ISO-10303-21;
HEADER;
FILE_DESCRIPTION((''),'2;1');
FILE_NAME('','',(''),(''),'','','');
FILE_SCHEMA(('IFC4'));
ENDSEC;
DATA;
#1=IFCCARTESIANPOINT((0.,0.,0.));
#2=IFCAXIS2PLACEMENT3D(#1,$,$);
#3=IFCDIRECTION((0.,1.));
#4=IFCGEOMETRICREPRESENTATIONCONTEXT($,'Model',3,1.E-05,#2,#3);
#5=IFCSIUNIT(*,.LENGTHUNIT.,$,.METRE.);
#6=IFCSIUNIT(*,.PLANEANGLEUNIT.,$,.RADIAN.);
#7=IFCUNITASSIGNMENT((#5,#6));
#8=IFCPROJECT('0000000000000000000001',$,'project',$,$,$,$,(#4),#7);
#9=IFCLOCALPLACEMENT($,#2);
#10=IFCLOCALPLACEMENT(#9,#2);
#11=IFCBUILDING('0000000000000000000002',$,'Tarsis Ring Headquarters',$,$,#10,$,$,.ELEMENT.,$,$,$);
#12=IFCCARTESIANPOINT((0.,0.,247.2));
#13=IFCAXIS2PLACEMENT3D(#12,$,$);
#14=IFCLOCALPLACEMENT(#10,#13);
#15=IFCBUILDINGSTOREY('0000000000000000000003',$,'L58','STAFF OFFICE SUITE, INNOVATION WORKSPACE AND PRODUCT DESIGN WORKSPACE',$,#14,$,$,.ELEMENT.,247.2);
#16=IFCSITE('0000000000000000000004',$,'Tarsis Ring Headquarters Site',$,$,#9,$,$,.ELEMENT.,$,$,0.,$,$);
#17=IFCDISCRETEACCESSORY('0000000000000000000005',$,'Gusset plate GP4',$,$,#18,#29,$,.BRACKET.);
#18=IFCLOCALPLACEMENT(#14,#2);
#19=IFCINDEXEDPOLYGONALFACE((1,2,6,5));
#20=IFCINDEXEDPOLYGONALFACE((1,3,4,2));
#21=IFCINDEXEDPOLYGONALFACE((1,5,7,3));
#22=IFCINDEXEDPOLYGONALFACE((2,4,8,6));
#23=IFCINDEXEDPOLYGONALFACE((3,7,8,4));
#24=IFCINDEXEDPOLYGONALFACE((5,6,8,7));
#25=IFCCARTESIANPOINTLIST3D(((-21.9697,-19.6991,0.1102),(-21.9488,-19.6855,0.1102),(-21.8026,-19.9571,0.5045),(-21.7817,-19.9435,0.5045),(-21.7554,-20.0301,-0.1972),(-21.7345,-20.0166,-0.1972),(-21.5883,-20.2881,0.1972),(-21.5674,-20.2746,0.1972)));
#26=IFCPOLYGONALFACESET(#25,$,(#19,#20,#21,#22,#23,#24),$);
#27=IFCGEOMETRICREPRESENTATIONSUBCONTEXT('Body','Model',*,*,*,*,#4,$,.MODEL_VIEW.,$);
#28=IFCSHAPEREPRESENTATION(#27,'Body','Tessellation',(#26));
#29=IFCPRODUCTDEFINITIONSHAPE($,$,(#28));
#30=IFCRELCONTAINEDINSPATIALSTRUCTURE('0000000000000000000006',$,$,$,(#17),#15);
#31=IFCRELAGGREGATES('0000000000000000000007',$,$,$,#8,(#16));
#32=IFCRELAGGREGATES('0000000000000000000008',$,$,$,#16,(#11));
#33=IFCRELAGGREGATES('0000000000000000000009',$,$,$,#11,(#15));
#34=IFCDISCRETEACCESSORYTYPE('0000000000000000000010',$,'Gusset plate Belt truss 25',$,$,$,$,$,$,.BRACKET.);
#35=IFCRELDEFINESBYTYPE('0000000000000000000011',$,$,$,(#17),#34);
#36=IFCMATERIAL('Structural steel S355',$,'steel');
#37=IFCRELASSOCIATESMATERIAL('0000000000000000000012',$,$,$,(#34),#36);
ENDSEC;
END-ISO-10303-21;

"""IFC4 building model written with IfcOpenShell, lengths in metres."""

from ifc_helpers import new_model, si_unit, direction, frame, origin, origin_2d, place, context, subcontext, project, spatial, rectangle, extrude, material, material_profile, profile_set, type_object, element, save


model = new_model("IFC4")

# Units and contexts
model_context = context("Model", 3, precision=1e-05, world=origin(), true_north=direction((0.0, 1.0)))
body_context = subcontext(model_context, "Body", "Model", "MODEL_VIEW")
ifc_project = project(units=[si_unit("LENGTHUNIT", "METRE"), si_unit("PLANEANGLEUNIT", "RADIAN")], contexts=[model_context])

# Site, building, storey
site_placement = place(None, origin())
site = spatial("IfcSite", under=ifc_project, at=site_placement, Name="Tarsis Ring Headquarters Site", CompositionType="ELEMENT", RefElevation=0.0)
building_placement = place(site_placement, origin())
building = spatial("IfcBuilding", under=site, at=building_placement, Name="Tarsis Ring Headquarters", CompositionType="ELEMENT")
storey_placement = place(building_placement, frame((0.0, 0.0, 247.2)))
storey = spatial("IfcBuildingStorey", under=building, at=storey_placement, Name="L58", Description="STAFF OFFICE SUITE, INNOVATION WORKSPACE AND PRODUCT DESIGN WORKSPACE", CompositionType="ELEMENT", Elevation=247.2)

# Shared definitions
ifc_material_1 = material(Name="Structural steel S355", Category="steel")

# Discrete accessory
ifc_material_profile_1 = material_profile(ifc_material_1, rectangle(XDim=0.0249, YDim=0.5, at=origin_2d()), Name="PL 25x500")
ifc_profile_set_1 = profile_set([ifc_material_profile_1], Name="Structural steel S355")
discrete_accessory_type = type_object("IfcDiscreteAccessoryType", Name="Gusset plate Belt truss 25", PredefinedType="BRACKET", material=ifc_profile_set_1)
discrete_accessory_1_placement = place(storey_placement, frame((-21.6614, -20.1523, 0.0), z_axis=(-0.428691, 0.662078, 0.614717), x_axis=(-0.839404, -0.543508, 0.0)))
element("IfcDiscreteAccessory", 1, at=discrete_accessory_1_placement, inside=storey, type_object=discrete_accessory_type, Name="Gusset plate GP4", PredefinedType="BRACKET", context=body_context, shape_type="SweptSolid", body=[
    extrude(rectangle(XDim=0.0249, YDim=0.5, at=origin_2d()), origin(), (0.0, 0.0, 1.0), 0.5),
])

save(model, "model.ifc")
